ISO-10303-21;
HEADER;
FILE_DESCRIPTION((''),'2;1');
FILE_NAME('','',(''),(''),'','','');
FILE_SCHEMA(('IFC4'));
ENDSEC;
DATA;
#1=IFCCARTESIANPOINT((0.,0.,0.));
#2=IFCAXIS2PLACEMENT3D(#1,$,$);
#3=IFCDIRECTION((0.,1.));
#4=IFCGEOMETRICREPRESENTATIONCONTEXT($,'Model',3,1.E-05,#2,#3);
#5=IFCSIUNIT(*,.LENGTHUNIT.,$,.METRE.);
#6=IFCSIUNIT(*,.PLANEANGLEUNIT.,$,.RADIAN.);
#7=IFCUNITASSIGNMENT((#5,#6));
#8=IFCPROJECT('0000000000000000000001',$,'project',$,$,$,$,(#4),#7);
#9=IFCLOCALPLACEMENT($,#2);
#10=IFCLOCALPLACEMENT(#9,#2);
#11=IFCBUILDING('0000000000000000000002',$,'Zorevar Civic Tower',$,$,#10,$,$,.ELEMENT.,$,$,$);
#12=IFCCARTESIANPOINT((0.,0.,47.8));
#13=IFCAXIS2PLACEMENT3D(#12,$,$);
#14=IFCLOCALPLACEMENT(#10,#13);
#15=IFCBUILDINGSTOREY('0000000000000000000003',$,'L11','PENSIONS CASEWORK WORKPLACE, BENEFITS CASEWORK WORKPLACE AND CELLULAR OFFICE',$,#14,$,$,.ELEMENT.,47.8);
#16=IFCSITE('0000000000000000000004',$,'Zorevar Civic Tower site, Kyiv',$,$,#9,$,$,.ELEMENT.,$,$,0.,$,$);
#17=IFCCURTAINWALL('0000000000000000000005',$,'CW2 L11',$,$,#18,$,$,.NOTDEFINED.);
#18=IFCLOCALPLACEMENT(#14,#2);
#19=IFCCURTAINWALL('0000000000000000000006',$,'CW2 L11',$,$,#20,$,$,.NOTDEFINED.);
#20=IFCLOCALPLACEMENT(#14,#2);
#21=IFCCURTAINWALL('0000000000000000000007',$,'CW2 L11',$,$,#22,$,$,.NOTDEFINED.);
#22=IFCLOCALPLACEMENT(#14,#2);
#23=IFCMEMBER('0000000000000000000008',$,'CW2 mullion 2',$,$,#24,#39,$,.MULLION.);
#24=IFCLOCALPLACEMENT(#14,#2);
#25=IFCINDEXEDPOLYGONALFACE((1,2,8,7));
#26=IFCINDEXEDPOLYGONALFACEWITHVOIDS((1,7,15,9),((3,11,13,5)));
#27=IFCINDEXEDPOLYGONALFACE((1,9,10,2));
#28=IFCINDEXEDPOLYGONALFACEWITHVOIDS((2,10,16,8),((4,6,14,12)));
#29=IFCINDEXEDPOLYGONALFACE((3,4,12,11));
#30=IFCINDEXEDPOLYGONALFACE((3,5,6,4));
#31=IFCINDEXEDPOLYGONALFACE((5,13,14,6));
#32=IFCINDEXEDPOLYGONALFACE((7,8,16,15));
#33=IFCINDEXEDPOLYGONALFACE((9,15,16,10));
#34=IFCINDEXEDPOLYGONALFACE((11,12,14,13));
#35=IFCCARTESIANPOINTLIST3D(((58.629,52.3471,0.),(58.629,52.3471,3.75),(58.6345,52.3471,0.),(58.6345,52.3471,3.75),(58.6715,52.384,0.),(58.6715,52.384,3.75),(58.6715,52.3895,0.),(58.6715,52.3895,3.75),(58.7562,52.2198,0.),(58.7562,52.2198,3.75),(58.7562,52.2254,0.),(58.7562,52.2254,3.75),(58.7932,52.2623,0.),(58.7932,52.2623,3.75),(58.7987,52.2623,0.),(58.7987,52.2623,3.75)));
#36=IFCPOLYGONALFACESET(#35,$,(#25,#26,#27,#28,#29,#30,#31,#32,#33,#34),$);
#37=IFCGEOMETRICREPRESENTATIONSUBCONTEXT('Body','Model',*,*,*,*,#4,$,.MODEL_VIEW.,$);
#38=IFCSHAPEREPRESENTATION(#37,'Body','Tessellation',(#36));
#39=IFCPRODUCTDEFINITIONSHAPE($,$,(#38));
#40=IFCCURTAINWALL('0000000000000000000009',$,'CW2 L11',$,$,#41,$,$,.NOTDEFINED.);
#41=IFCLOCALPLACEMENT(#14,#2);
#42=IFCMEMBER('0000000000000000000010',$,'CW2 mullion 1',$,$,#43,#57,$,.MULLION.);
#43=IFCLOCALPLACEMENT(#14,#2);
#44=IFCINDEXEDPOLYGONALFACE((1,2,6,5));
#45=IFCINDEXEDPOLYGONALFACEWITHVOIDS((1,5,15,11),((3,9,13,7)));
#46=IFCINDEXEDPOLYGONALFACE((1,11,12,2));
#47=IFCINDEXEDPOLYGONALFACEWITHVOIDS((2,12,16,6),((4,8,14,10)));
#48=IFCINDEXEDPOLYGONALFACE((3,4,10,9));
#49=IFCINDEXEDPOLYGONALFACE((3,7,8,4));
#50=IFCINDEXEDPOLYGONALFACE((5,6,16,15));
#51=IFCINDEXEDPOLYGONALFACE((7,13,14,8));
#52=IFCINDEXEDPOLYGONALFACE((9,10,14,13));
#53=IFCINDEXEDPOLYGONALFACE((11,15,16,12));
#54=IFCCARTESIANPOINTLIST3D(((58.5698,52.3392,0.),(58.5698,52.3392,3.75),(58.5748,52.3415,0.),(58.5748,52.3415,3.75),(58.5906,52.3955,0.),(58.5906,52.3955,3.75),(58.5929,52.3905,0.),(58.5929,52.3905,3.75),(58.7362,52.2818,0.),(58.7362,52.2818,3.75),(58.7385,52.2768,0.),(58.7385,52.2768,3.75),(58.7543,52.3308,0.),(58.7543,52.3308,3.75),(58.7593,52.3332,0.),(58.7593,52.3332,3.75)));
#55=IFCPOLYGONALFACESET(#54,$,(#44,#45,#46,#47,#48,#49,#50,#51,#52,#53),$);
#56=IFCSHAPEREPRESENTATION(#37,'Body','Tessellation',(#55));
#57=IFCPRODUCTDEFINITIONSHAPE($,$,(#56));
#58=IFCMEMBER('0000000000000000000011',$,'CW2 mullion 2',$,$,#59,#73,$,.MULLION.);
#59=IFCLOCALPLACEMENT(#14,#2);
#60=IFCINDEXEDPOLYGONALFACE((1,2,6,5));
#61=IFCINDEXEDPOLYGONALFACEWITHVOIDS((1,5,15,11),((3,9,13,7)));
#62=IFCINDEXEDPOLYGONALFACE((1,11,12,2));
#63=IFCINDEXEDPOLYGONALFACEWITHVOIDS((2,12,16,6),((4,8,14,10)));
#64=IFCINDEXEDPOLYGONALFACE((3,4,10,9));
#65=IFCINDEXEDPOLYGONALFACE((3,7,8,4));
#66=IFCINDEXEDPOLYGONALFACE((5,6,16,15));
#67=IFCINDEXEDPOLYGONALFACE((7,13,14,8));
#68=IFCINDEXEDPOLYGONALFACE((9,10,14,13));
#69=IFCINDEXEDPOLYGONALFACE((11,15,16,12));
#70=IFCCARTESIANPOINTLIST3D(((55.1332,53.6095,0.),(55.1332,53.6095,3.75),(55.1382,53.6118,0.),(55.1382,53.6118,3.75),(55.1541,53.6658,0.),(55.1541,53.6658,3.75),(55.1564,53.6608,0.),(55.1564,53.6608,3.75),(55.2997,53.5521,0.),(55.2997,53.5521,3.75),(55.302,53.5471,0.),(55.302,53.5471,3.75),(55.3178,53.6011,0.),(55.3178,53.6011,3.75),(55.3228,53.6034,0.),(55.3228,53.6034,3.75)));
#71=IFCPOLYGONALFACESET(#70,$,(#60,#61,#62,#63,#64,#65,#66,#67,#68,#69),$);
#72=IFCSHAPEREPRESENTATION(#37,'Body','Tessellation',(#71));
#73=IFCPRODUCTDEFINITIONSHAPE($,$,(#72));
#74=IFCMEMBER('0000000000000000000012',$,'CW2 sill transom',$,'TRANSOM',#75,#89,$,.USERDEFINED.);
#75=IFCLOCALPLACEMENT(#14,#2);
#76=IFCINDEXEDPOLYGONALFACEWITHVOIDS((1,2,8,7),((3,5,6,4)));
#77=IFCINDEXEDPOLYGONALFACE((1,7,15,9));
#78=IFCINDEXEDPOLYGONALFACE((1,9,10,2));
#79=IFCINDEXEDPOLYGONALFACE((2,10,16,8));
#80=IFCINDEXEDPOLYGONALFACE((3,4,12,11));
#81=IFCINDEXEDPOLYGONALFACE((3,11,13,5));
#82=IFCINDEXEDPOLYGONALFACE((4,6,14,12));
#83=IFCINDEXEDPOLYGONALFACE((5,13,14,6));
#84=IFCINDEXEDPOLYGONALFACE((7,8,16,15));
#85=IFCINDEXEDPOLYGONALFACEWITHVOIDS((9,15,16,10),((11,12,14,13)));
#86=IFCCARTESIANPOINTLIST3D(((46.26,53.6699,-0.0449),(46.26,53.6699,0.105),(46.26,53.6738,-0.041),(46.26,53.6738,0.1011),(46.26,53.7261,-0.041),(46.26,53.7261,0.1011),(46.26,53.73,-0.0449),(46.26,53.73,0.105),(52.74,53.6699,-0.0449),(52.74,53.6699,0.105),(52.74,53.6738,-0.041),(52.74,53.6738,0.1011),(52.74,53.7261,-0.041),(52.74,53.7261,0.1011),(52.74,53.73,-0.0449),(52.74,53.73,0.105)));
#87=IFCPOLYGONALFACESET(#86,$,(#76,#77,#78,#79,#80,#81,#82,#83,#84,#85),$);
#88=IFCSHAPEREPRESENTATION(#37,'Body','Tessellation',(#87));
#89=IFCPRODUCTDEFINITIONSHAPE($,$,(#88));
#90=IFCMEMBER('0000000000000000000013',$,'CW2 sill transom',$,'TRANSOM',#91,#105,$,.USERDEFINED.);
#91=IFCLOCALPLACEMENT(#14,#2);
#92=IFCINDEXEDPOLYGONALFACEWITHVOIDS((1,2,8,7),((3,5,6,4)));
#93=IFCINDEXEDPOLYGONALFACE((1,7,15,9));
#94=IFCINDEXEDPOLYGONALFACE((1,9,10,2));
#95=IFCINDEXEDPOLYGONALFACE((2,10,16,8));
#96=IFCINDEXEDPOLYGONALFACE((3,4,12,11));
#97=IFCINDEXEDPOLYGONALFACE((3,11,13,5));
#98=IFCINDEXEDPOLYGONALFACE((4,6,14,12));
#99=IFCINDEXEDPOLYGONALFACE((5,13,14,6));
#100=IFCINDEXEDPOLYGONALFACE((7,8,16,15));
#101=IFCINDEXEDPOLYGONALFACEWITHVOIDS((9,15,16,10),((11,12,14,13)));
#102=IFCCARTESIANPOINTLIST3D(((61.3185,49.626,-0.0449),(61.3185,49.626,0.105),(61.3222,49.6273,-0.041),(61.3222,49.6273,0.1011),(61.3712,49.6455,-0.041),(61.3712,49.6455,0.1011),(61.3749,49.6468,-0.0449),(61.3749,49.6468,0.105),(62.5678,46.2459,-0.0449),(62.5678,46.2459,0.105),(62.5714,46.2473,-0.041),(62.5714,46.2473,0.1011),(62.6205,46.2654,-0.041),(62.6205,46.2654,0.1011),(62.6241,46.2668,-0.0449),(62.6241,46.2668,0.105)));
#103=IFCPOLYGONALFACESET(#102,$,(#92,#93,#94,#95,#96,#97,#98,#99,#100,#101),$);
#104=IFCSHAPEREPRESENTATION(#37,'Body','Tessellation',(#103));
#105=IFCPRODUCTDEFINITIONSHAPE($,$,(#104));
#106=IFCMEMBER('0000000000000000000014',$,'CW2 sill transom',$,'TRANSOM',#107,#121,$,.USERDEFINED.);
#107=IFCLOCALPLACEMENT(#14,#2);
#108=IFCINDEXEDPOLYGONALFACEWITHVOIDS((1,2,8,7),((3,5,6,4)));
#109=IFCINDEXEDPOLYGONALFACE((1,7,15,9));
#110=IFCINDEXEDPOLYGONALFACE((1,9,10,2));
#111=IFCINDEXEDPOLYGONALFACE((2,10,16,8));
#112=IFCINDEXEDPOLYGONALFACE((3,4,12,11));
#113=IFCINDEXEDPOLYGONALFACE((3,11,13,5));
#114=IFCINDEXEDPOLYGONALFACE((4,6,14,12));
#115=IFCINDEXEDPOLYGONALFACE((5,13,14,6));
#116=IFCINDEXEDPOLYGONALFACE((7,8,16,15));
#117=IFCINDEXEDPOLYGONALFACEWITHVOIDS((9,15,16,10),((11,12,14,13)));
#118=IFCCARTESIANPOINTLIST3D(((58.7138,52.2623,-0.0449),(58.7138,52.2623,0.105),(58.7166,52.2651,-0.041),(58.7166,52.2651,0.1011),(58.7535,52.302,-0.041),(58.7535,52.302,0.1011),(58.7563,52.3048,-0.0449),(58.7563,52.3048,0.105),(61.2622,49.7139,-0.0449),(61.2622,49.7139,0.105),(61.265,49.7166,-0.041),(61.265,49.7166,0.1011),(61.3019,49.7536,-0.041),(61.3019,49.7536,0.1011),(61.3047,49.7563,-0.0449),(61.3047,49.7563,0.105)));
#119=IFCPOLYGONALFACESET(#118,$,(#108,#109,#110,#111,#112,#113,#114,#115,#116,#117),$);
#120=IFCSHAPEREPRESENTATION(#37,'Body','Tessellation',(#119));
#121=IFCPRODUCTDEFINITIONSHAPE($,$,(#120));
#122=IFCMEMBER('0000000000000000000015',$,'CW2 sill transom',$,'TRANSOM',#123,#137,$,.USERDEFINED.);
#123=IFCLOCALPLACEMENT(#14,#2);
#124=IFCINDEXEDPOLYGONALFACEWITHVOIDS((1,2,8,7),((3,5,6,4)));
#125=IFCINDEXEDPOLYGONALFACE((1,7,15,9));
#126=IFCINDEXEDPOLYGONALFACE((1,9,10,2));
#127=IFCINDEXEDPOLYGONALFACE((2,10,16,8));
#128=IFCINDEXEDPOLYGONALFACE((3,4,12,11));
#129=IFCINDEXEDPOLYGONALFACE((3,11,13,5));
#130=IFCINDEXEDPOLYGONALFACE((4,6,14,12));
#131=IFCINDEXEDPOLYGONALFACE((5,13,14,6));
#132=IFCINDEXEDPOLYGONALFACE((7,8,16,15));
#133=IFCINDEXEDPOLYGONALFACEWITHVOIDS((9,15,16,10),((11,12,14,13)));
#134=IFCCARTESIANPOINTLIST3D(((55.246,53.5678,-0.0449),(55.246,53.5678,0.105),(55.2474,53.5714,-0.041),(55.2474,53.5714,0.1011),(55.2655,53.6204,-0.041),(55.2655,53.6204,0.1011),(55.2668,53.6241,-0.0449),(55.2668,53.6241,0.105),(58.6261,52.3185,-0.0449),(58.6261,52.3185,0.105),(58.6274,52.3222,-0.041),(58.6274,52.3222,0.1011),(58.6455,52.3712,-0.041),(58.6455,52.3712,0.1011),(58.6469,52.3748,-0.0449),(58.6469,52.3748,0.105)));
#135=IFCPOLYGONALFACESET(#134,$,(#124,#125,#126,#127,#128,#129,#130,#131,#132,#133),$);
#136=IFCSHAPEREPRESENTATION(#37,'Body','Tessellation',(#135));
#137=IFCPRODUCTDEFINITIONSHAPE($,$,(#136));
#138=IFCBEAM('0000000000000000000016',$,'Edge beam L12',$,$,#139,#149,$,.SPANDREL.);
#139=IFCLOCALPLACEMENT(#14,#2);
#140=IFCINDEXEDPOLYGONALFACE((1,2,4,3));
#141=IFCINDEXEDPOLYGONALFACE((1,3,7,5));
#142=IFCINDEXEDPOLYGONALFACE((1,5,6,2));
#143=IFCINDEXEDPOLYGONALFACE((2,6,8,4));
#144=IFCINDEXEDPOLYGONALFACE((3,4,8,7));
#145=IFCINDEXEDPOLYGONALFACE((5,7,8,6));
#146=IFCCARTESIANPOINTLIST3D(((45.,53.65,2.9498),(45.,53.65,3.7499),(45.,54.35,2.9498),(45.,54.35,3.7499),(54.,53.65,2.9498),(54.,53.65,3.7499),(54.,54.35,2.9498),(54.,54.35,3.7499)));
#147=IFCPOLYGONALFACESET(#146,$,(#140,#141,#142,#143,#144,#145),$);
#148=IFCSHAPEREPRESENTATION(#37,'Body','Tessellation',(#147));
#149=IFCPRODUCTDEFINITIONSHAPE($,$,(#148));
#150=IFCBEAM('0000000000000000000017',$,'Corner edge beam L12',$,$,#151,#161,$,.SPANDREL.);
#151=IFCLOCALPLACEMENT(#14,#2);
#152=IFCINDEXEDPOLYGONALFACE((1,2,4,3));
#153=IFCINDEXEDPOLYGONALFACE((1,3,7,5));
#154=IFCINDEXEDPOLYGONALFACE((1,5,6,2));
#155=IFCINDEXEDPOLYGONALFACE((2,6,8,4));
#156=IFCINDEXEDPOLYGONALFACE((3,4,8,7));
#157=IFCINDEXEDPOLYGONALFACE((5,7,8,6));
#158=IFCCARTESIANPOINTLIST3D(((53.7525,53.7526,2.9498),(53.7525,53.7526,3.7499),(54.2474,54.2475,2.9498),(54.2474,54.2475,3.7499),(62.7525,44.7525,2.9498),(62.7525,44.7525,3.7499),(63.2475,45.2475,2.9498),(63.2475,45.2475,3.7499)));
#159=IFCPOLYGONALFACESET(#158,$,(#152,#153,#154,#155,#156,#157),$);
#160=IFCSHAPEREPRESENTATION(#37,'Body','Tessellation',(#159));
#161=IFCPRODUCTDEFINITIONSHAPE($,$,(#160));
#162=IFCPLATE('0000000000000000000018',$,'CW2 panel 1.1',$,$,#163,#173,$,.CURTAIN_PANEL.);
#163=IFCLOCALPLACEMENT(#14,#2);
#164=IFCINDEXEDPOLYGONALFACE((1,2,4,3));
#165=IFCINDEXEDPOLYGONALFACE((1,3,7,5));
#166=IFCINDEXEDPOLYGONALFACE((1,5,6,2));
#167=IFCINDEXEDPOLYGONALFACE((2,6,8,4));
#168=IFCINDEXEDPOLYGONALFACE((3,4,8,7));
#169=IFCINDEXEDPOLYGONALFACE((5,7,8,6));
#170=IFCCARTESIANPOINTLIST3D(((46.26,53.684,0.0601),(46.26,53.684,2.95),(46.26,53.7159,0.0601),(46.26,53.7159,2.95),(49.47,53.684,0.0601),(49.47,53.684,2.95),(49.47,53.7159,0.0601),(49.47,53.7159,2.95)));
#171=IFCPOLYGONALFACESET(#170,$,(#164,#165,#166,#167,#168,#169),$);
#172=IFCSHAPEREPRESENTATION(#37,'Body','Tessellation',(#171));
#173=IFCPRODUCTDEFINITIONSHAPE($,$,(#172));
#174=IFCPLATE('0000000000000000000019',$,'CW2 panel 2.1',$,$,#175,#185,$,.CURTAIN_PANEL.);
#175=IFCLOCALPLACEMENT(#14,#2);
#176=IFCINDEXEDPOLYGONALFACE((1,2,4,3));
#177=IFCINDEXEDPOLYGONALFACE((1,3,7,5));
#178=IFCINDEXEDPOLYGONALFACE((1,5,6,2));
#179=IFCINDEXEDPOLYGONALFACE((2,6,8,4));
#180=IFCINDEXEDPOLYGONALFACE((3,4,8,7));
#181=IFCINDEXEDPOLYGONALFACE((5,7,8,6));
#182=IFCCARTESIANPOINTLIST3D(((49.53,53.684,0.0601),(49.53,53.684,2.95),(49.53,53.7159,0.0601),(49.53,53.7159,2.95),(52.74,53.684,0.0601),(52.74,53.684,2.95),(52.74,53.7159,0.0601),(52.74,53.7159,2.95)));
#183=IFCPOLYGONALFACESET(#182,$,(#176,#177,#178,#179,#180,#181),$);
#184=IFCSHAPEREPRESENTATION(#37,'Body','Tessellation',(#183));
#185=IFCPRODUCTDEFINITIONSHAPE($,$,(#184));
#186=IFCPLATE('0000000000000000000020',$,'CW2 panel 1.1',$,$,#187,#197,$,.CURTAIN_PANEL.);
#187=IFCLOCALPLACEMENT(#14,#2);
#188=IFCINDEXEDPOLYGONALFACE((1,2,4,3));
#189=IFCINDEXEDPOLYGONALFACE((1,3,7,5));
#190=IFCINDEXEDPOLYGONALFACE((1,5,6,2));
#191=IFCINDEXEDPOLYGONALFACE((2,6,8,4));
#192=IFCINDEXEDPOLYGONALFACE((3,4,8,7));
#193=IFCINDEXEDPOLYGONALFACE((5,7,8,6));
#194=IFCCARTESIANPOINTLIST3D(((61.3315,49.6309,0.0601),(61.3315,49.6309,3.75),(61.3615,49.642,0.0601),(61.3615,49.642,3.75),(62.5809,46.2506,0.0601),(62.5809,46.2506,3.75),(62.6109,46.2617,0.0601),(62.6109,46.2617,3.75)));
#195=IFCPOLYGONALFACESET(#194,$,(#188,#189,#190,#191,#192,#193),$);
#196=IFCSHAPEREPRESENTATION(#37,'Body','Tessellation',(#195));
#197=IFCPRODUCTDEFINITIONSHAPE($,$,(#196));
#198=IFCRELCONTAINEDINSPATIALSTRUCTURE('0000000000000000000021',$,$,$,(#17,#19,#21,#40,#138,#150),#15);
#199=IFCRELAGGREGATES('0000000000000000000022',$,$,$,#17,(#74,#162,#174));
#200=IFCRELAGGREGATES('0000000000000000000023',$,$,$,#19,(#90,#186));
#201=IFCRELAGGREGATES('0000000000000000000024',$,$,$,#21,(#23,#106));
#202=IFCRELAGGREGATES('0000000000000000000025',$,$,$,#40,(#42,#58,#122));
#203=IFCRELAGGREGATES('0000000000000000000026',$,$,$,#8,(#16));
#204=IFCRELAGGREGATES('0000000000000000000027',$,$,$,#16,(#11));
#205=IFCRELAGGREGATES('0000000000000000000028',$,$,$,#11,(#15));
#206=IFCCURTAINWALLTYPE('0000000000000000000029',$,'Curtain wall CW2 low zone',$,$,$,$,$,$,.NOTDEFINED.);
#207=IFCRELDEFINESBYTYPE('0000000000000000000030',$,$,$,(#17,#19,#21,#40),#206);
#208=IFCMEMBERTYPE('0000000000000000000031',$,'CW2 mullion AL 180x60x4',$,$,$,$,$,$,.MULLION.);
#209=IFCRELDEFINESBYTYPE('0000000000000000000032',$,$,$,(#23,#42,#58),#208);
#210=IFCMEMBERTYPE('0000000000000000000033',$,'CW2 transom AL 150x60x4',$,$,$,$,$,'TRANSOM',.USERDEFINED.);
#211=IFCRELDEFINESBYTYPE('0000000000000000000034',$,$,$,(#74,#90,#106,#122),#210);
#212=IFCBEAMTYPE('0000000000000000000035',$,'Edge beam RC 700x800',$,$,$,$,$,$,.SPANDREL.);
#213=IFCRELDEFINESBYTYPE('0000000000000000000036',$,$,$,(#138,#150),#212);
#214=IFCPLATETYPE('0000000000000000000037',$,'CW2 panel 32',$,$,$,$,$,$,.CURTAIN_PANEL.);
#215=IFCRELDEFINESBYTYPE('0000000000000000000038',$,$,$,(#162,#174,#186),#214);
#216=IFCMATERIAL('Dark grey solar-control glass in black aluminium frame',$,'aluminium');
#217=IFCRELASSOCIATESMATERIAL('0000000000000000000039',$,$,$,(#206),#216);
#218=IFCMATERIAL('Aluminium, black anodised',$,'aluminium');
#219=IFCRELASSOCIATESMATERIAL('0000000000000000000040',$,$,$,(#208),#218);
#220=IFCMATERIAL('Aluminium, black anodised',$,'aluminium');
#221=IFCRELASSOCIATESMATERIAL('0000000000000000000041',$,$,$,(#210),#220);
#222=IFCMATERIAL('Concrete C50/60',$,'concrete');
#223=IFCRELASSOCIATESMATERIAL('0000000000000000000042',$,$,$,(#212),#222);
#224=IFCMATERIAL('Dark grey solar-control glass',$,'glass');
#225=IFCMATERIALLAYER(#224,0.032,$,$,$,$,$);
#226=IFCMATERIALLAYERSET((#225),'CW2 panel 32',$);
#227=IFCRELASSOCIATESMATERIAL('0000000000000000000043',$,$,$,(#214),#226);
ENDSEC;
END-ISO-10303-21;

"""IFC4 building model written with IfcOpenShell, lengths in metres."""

from ifc_helpers import new_model, si_unit, direction, frame, origin, origin_2d, place, context, subcontext, project, spatial, rectangle, hollow_rectangle, extrude, material, layer, layer_set, material_profile, profile_set, type_object, element, aggregate, save


model = new_model("IFC4")

# Units and contexts
model_context = context("Model", 3, precision=1e-05, world=origin(), true_north=direction((0.0, 1.0)))
body_context = subcontext(model_context, "Body", "Model", "MODEL_VIEW")
ifc_project = project(units=[si_unit("LENGTHUNIT", "METRE"), si_unit("PLANEANGLEUNIT", "RADIAN")], contexts=[model_context])

# Site, building, storey
site_placement = place(None, origin())
site = spatial("IfcSite", under=ifc_project, at=site_placement, Name="Zorevar Civic Tower site, Kyiv", CompositionType="ELEMENT", RefElevation=0.0)
building_placement = place(site_placement, origin())
building = spatial("IfcBuilding", under=site, at=building_placement, Name="Zorevar Civic Tower", CompositionType="ELEMENT")
storey_placement = place(building_placement, frame((0.0, 0.0, 47.8)))
storey = spatial("IfcBuildingStorey", under=building, at=storey_placement, Name="L11", Description="PENSIONS CASEWORK WORKPLACE, BENEFITS CASEWORK WORKPLACE AND CELLULAR OFFICE", CompositionType="ELEMENT", Elevation=47.8)

# Curtain walls, members
ifc_material_1 = material(Name="Dark grey solar-control glass in black aluminium frame", Category="aluminium")
curtain_wall_type = type_object("IfcCurtainWallType", Name="Curtain wall CW2 low zone", PredefinedType="NOTDEFINED", material=ifc_material_1)
curtain_wall_1_placement = place(storey_placement, origin())
curtain_wall_1 = element("IfcCurtainWall", 1, at=curtain_wall_1_placement, inside=storey, type_object=curtain_wall_type, Name="CW2 L11", PredefinedType="NOTDEFINED")
ifc_material_2 = material(Name="Aluminium, black anodised", Category="aluminium")
ifc_material_profile_1 = material_profile(ifc_material_2, hollow_rectangle(XDim=0.0601, YDim=0.1799, WallThickness=0.0039, at=origin_2d()), Name="AL 180x60x4")
ifc_profile_set_1 = profile_set([ifc_material_profile_1], Name="Aluminium, black anodised")
member_type_1 = type_object("IfcMemberType", Name="CW2 mullion AL 180x60x4", PredefinedType="MULLION", material=ifc_profile_set_1)
curtain_wall_2_placement = place(storey_placement, origin())
curtain_wall_2 = element("IfcCurtainWall", 2, at=curtain_wall_2_placement, inside=storey, type_object=curtain_wall_type, Name="CW2 L11", PredefinedType="NOTDEFINED")
curtain_wall_3_placement = place(storey_placement, origin())
curtain_wall_3 = element("IfcCurtainWall", 3, at=curtain_wall_3_placement, inside=storey, type_object=curtain_wall_type, Name="CW2 L11", PredefinedType="NOTDEFINED")
member_1_placement = place(storey_placement, frame((58.7139, 52.3047, 0.0), z_axis=(0.0, 0.0, 1.0), x_axis=(-0.707107, -0.707107, 0.0)))
member_1 = element("IfcMember", 4, at=member_1_placement, type_object=member_type_1, Name="CW2 mullion 2", PredefinedType="MULLION", context=body_context, shape_type="SweptSolid", body=[
    extrude(hollow_rectangle(XDim=0.0601, YDim=0.1799, WallThickness=0.0039, at=origin_2d()), origin(), (0.0, 0.0, 1.0), 3.75),
])
curtain_wall_4_placement = place(storey_placement, origin())
curtain_wall_4 = element("IfcCurtainWall", 5, at=curtain_wall_4_placement, inside=storey, type_object=curtain_wall_type, Name="CW2 L11", PredefinedType="NOTDEFINED")
member_2_placement = place(storey_placement, frame((58.6646, 52.3362, 0.0), z_axis=(0.0, 0.0, 1.0), x_axis=(-0.346704, -0.937975, 0.0)))
member_2 = element("IfcMember", 6, at=member_2_placement, type_object=member_type_1, Name="CW2 mullion 1", PredefinedType="MULLION", context=body_context, shape_type="SweptSolid", body=[
    extrude(hollow_rectangle(XDim=0.0601, YDim=0.1799, WallThickness=0.0039, at=origin_2d()), origin(), (0.0, 0.0, 1.0), 3.75),
])
member_3_placement = place(storey_placement, frame((55.228, 53.6064, 0.0), z_axis=(0.0, 0.0, 1.0), x_axis=(-0.346704, -0.937975, 0.0)))
member_3 = element("IfcMember", 7, at=member_3_placement, type_object=member_type_1, Name="CW2 mullion 2", PredefinedType="MULLION", context=body_context, shape_type="SweptSolid", body=[
    extrude(hollow_rectangle(XDim=0.0601, YDim=0.1799, WallThickness=0.0039, at=origin_2d()), origin(), (0.0, 0.0, 1.0), 3.75),
])

# Members
ifc_material_3 = material(Name="Aluminium, black anodised", Category="aluminium")
ifc_material_profile_2 = material_profile(ifc_material_3, hollow_rectangle(XDim=0.0601, YDim=0.1499, WallThickness=0.0039, at=origin_2d()), Name="AL 150x60x4")
ifc_profile_set_2 = profile_set([ifc_material_profile_2], Name="Aluminium, black anodised")
member_type_2 = type_object("IfcMemberType", Name="CW2 transom AL 150x60x4", ElementType="TRANSOM", PredefinedType="USERDEFINED", material=ifc_profile_set_2)
member_4_placement = place(storey_placement, frame((46.26, 53.7, 0.03), z_axis=(1.0, 0.0, 0.0), x_axis=(0.0, 1.0, 0.0)))
member_4 = element("IfcMember", 8, at=member_4_placement, type_object=member_type_2, Name="CW2 sill transom", ObjectType="TRANSOM", PredefinedType="USERDEFINED", context=body_context, shape_type="SweptSolid", body=[
    extrude(hollow_rectangle(XDim=0.0601, YDim=0.1499, WallThickness=0.0039, at=origin_2d()), origin(), (0.0, 0.0, 1.0), 6.48),
])
member_5_placement = place(storey_placement, frame((62.5959, 46.2563, 0.03), z_axis=(-0.346672, 0.937986, 0.0), x_axis=(-0.937986, -0.346672, 0.0)))
member_5 = element("IfcMember", 9, at=member_5_placement, type_object=member_type_2, Name="CW2 sill transom", ObjectType="TRANSOM", PredefinedType="USERDEFINED", context=body_context, shape_type="SweptSolid", body=[
    extrude(hollow_rectangle(XDim=0.0601, YDim=0.1499, WallThickness=0.0039, at=origin_2d()), origin(), (0.0, 0.0, 1.0), 3.6035),
])
member_6_placement = place(storey_placement, frame((61.2834, 49.7351, 0.03), z_axis=(-0.707107, 0.707107, 0.0), x_axis=(-0.707107, -0.707107, 0.0)))
member_6 = element("IfcMember", 10, at=member_6_placement, type_object=member_type_2, Name="CW2 sill transom", ObjectType="TRANSOM", PredefinedType="USERDEFINED", context=body_context, shape_type="SweptSolid", body=[
    extrude(hollow_rectangle(XDim=0.0601, YDim=0.1499, WallThickness=0.0039, at=origin_2d()), origin(), (0.0, 0.0, 1.0), 3.604),
])
member_7_placement = place(storey_placement, frame((58.6365, 52.3467, 0.03), z_axis=(-0.937986, 0.346672, 0.0), x_axis=(-0.346672, -0.937986, 0.0)))
member_7 = element("IfcMember", 11, at=member_7_placement, type_object=member_type_2, Name="CW2 sill transom", ObjectType="TRANSOM", PredefinedType="USERDEFINED", context=body_context, shape_type="SweptSolid", body=[
    extrude(hollow_rectangle(XDim=0.0601, YDim=0.1499, WallThickness=0.0039, at=origin_2d()), origin(), (0.0, 0.0, 1.0), 3.6035),
])

# Beams
ifc_material_4 = material(Name="Concrete C50/60", Category="concrete")
ifc_material_profile_3 = material_profile(ifc_material_4, rectangle(XDim=0.7, YDim=0.8, at=origin_2d()), Name="RC 700x800")
ifc_profile_set_3 = profile_set([ifc_material_profile_3], Name="Concrete C50/60")
beam_type_1 = type_object("IfcBeamType", Name="Edge beam RC 700x800", PredefinedType="SPANDREL", material=ifc_profile_set_3)
beam_1_placement = place(storey_placement, frame((45.0, 54.0, 3.3499), z_axis=(1.0, 0.0, 0.0), x_axis=(0.0, 1.0, 0.0)))
element("IfcBeam", 12, at=beam_1_placement, inside=storey, type_object=beam_type_1, Name="Edge beam L12", PredefinedType="SPANDREL", context=body_context, shape_type="SweptSolid", body=[
    extrude(rectangle(XDim=0.7, YDim=0.8, at=origin_2d()), origin(), (0.0, 0.0, 1.0), 9.0),
])
beam_2_placement = place(storey_placement, frame((63.0, 45.0, 3.3499), z_axis=(-0.707107, 0.707107, 0.0), x_axis=(-0.707107, -0.707107, 0.0)))
element("IfcBeam", 13, at=beam_2_placement, inside=storey, type_object=beam_type_1, Name="Corner edge beam L12", PredefinedType="SPANDREL", context=body_context, shape_type="SweptSolid", body=[
    extrude(rectangle(XDim=0.7, YDim=0.8, at=origin_2d()), origin(), (0.0, 0.0, 1.0), 12.728),
])

# Plates
ifc_material_5 = material(Name="Dark grey solar-control glass", Category="glass")
ifc_layer_1 = layer(ifc_material_5, 0.032)
ifc_layer_set_1 = layer_set([ifc_layer_1], Name="CW2 panel 32")
plate_type = type_object("IfcPlateType", Name="CW2 panel 32", PredefinedType="CURTAIN_PANEL", material=ifc_layer_set_1)
plate_1_placement = place(storey_placement, frame((47.865, 53.7, 0.0601), z_axis=(0.0, 0.0, 1.0), x_axis=(1.0, 0.0, 0.0)))
plate_1 = element("IfcPlate", 14, at=plate_1_placement, type_object=plate_type, Name="CW2 panel 1.1", PredefinedType="CURTAIN_PANEL", context=body_context, shape_type="SweptSolid", body=[
    extrude(rectangle(XDim=3.21, YDim=0.032, at=origin_2d()), origin(), (0.0, 0.0, 1.0), 2.8899),
])
plate_2_placement = place(storey_placement, frame((51.135, 53.7, 0.0601), z_axis=(0.0, 0.0, 1.0), x_axis=(1.0, 0.0, 0.0)))
plate_2 = element("IfcPlate", 15, at=plate_2_placement, type_object=plate_type, Name="CW2 panel 2.1", PredefinedType="CURTAIN_PANEL", context=body_context, shape_type="SweptSolid", body=[
    extrude(rectangle(XDim=3.21, YDim=0.032, at=origin_2d()), origin(), (0.0, 0.0, 1.0), 2.8899),
])
aggregate(curtain_wall_1, [member_4, plate_1, plate_2])
plate_3_placement = place(storey_placement, frame((61.9712, 47.9463, 0.0601), z_axis=(0.0, 0.0, 1.0), x_axis=(-0.346704, 0.937975, 0.0)))
plate_3 = element("IfcPlate", 16, at=plate_3_placement, type_object=plate_type, Name="CW2 panel 1.1", PredefinedType="CURTAIN_PANEL", context=body_context, shape_type="SweptSolid", body=[
    extrude(rectangle(XDim=3.6038, YDim=0.032, at=origin_2d()), origin(), (0.0, 0.0, 1.0), 3.6899),
])
aggregate(curtain_wall_2, [member_5, plate_3])
aggregate(curtain_wall_3, [member_1, member_6])
aggregate(curtain_wall_4, [member_2, member_3, member_7])

save(model, "model.ifc")
